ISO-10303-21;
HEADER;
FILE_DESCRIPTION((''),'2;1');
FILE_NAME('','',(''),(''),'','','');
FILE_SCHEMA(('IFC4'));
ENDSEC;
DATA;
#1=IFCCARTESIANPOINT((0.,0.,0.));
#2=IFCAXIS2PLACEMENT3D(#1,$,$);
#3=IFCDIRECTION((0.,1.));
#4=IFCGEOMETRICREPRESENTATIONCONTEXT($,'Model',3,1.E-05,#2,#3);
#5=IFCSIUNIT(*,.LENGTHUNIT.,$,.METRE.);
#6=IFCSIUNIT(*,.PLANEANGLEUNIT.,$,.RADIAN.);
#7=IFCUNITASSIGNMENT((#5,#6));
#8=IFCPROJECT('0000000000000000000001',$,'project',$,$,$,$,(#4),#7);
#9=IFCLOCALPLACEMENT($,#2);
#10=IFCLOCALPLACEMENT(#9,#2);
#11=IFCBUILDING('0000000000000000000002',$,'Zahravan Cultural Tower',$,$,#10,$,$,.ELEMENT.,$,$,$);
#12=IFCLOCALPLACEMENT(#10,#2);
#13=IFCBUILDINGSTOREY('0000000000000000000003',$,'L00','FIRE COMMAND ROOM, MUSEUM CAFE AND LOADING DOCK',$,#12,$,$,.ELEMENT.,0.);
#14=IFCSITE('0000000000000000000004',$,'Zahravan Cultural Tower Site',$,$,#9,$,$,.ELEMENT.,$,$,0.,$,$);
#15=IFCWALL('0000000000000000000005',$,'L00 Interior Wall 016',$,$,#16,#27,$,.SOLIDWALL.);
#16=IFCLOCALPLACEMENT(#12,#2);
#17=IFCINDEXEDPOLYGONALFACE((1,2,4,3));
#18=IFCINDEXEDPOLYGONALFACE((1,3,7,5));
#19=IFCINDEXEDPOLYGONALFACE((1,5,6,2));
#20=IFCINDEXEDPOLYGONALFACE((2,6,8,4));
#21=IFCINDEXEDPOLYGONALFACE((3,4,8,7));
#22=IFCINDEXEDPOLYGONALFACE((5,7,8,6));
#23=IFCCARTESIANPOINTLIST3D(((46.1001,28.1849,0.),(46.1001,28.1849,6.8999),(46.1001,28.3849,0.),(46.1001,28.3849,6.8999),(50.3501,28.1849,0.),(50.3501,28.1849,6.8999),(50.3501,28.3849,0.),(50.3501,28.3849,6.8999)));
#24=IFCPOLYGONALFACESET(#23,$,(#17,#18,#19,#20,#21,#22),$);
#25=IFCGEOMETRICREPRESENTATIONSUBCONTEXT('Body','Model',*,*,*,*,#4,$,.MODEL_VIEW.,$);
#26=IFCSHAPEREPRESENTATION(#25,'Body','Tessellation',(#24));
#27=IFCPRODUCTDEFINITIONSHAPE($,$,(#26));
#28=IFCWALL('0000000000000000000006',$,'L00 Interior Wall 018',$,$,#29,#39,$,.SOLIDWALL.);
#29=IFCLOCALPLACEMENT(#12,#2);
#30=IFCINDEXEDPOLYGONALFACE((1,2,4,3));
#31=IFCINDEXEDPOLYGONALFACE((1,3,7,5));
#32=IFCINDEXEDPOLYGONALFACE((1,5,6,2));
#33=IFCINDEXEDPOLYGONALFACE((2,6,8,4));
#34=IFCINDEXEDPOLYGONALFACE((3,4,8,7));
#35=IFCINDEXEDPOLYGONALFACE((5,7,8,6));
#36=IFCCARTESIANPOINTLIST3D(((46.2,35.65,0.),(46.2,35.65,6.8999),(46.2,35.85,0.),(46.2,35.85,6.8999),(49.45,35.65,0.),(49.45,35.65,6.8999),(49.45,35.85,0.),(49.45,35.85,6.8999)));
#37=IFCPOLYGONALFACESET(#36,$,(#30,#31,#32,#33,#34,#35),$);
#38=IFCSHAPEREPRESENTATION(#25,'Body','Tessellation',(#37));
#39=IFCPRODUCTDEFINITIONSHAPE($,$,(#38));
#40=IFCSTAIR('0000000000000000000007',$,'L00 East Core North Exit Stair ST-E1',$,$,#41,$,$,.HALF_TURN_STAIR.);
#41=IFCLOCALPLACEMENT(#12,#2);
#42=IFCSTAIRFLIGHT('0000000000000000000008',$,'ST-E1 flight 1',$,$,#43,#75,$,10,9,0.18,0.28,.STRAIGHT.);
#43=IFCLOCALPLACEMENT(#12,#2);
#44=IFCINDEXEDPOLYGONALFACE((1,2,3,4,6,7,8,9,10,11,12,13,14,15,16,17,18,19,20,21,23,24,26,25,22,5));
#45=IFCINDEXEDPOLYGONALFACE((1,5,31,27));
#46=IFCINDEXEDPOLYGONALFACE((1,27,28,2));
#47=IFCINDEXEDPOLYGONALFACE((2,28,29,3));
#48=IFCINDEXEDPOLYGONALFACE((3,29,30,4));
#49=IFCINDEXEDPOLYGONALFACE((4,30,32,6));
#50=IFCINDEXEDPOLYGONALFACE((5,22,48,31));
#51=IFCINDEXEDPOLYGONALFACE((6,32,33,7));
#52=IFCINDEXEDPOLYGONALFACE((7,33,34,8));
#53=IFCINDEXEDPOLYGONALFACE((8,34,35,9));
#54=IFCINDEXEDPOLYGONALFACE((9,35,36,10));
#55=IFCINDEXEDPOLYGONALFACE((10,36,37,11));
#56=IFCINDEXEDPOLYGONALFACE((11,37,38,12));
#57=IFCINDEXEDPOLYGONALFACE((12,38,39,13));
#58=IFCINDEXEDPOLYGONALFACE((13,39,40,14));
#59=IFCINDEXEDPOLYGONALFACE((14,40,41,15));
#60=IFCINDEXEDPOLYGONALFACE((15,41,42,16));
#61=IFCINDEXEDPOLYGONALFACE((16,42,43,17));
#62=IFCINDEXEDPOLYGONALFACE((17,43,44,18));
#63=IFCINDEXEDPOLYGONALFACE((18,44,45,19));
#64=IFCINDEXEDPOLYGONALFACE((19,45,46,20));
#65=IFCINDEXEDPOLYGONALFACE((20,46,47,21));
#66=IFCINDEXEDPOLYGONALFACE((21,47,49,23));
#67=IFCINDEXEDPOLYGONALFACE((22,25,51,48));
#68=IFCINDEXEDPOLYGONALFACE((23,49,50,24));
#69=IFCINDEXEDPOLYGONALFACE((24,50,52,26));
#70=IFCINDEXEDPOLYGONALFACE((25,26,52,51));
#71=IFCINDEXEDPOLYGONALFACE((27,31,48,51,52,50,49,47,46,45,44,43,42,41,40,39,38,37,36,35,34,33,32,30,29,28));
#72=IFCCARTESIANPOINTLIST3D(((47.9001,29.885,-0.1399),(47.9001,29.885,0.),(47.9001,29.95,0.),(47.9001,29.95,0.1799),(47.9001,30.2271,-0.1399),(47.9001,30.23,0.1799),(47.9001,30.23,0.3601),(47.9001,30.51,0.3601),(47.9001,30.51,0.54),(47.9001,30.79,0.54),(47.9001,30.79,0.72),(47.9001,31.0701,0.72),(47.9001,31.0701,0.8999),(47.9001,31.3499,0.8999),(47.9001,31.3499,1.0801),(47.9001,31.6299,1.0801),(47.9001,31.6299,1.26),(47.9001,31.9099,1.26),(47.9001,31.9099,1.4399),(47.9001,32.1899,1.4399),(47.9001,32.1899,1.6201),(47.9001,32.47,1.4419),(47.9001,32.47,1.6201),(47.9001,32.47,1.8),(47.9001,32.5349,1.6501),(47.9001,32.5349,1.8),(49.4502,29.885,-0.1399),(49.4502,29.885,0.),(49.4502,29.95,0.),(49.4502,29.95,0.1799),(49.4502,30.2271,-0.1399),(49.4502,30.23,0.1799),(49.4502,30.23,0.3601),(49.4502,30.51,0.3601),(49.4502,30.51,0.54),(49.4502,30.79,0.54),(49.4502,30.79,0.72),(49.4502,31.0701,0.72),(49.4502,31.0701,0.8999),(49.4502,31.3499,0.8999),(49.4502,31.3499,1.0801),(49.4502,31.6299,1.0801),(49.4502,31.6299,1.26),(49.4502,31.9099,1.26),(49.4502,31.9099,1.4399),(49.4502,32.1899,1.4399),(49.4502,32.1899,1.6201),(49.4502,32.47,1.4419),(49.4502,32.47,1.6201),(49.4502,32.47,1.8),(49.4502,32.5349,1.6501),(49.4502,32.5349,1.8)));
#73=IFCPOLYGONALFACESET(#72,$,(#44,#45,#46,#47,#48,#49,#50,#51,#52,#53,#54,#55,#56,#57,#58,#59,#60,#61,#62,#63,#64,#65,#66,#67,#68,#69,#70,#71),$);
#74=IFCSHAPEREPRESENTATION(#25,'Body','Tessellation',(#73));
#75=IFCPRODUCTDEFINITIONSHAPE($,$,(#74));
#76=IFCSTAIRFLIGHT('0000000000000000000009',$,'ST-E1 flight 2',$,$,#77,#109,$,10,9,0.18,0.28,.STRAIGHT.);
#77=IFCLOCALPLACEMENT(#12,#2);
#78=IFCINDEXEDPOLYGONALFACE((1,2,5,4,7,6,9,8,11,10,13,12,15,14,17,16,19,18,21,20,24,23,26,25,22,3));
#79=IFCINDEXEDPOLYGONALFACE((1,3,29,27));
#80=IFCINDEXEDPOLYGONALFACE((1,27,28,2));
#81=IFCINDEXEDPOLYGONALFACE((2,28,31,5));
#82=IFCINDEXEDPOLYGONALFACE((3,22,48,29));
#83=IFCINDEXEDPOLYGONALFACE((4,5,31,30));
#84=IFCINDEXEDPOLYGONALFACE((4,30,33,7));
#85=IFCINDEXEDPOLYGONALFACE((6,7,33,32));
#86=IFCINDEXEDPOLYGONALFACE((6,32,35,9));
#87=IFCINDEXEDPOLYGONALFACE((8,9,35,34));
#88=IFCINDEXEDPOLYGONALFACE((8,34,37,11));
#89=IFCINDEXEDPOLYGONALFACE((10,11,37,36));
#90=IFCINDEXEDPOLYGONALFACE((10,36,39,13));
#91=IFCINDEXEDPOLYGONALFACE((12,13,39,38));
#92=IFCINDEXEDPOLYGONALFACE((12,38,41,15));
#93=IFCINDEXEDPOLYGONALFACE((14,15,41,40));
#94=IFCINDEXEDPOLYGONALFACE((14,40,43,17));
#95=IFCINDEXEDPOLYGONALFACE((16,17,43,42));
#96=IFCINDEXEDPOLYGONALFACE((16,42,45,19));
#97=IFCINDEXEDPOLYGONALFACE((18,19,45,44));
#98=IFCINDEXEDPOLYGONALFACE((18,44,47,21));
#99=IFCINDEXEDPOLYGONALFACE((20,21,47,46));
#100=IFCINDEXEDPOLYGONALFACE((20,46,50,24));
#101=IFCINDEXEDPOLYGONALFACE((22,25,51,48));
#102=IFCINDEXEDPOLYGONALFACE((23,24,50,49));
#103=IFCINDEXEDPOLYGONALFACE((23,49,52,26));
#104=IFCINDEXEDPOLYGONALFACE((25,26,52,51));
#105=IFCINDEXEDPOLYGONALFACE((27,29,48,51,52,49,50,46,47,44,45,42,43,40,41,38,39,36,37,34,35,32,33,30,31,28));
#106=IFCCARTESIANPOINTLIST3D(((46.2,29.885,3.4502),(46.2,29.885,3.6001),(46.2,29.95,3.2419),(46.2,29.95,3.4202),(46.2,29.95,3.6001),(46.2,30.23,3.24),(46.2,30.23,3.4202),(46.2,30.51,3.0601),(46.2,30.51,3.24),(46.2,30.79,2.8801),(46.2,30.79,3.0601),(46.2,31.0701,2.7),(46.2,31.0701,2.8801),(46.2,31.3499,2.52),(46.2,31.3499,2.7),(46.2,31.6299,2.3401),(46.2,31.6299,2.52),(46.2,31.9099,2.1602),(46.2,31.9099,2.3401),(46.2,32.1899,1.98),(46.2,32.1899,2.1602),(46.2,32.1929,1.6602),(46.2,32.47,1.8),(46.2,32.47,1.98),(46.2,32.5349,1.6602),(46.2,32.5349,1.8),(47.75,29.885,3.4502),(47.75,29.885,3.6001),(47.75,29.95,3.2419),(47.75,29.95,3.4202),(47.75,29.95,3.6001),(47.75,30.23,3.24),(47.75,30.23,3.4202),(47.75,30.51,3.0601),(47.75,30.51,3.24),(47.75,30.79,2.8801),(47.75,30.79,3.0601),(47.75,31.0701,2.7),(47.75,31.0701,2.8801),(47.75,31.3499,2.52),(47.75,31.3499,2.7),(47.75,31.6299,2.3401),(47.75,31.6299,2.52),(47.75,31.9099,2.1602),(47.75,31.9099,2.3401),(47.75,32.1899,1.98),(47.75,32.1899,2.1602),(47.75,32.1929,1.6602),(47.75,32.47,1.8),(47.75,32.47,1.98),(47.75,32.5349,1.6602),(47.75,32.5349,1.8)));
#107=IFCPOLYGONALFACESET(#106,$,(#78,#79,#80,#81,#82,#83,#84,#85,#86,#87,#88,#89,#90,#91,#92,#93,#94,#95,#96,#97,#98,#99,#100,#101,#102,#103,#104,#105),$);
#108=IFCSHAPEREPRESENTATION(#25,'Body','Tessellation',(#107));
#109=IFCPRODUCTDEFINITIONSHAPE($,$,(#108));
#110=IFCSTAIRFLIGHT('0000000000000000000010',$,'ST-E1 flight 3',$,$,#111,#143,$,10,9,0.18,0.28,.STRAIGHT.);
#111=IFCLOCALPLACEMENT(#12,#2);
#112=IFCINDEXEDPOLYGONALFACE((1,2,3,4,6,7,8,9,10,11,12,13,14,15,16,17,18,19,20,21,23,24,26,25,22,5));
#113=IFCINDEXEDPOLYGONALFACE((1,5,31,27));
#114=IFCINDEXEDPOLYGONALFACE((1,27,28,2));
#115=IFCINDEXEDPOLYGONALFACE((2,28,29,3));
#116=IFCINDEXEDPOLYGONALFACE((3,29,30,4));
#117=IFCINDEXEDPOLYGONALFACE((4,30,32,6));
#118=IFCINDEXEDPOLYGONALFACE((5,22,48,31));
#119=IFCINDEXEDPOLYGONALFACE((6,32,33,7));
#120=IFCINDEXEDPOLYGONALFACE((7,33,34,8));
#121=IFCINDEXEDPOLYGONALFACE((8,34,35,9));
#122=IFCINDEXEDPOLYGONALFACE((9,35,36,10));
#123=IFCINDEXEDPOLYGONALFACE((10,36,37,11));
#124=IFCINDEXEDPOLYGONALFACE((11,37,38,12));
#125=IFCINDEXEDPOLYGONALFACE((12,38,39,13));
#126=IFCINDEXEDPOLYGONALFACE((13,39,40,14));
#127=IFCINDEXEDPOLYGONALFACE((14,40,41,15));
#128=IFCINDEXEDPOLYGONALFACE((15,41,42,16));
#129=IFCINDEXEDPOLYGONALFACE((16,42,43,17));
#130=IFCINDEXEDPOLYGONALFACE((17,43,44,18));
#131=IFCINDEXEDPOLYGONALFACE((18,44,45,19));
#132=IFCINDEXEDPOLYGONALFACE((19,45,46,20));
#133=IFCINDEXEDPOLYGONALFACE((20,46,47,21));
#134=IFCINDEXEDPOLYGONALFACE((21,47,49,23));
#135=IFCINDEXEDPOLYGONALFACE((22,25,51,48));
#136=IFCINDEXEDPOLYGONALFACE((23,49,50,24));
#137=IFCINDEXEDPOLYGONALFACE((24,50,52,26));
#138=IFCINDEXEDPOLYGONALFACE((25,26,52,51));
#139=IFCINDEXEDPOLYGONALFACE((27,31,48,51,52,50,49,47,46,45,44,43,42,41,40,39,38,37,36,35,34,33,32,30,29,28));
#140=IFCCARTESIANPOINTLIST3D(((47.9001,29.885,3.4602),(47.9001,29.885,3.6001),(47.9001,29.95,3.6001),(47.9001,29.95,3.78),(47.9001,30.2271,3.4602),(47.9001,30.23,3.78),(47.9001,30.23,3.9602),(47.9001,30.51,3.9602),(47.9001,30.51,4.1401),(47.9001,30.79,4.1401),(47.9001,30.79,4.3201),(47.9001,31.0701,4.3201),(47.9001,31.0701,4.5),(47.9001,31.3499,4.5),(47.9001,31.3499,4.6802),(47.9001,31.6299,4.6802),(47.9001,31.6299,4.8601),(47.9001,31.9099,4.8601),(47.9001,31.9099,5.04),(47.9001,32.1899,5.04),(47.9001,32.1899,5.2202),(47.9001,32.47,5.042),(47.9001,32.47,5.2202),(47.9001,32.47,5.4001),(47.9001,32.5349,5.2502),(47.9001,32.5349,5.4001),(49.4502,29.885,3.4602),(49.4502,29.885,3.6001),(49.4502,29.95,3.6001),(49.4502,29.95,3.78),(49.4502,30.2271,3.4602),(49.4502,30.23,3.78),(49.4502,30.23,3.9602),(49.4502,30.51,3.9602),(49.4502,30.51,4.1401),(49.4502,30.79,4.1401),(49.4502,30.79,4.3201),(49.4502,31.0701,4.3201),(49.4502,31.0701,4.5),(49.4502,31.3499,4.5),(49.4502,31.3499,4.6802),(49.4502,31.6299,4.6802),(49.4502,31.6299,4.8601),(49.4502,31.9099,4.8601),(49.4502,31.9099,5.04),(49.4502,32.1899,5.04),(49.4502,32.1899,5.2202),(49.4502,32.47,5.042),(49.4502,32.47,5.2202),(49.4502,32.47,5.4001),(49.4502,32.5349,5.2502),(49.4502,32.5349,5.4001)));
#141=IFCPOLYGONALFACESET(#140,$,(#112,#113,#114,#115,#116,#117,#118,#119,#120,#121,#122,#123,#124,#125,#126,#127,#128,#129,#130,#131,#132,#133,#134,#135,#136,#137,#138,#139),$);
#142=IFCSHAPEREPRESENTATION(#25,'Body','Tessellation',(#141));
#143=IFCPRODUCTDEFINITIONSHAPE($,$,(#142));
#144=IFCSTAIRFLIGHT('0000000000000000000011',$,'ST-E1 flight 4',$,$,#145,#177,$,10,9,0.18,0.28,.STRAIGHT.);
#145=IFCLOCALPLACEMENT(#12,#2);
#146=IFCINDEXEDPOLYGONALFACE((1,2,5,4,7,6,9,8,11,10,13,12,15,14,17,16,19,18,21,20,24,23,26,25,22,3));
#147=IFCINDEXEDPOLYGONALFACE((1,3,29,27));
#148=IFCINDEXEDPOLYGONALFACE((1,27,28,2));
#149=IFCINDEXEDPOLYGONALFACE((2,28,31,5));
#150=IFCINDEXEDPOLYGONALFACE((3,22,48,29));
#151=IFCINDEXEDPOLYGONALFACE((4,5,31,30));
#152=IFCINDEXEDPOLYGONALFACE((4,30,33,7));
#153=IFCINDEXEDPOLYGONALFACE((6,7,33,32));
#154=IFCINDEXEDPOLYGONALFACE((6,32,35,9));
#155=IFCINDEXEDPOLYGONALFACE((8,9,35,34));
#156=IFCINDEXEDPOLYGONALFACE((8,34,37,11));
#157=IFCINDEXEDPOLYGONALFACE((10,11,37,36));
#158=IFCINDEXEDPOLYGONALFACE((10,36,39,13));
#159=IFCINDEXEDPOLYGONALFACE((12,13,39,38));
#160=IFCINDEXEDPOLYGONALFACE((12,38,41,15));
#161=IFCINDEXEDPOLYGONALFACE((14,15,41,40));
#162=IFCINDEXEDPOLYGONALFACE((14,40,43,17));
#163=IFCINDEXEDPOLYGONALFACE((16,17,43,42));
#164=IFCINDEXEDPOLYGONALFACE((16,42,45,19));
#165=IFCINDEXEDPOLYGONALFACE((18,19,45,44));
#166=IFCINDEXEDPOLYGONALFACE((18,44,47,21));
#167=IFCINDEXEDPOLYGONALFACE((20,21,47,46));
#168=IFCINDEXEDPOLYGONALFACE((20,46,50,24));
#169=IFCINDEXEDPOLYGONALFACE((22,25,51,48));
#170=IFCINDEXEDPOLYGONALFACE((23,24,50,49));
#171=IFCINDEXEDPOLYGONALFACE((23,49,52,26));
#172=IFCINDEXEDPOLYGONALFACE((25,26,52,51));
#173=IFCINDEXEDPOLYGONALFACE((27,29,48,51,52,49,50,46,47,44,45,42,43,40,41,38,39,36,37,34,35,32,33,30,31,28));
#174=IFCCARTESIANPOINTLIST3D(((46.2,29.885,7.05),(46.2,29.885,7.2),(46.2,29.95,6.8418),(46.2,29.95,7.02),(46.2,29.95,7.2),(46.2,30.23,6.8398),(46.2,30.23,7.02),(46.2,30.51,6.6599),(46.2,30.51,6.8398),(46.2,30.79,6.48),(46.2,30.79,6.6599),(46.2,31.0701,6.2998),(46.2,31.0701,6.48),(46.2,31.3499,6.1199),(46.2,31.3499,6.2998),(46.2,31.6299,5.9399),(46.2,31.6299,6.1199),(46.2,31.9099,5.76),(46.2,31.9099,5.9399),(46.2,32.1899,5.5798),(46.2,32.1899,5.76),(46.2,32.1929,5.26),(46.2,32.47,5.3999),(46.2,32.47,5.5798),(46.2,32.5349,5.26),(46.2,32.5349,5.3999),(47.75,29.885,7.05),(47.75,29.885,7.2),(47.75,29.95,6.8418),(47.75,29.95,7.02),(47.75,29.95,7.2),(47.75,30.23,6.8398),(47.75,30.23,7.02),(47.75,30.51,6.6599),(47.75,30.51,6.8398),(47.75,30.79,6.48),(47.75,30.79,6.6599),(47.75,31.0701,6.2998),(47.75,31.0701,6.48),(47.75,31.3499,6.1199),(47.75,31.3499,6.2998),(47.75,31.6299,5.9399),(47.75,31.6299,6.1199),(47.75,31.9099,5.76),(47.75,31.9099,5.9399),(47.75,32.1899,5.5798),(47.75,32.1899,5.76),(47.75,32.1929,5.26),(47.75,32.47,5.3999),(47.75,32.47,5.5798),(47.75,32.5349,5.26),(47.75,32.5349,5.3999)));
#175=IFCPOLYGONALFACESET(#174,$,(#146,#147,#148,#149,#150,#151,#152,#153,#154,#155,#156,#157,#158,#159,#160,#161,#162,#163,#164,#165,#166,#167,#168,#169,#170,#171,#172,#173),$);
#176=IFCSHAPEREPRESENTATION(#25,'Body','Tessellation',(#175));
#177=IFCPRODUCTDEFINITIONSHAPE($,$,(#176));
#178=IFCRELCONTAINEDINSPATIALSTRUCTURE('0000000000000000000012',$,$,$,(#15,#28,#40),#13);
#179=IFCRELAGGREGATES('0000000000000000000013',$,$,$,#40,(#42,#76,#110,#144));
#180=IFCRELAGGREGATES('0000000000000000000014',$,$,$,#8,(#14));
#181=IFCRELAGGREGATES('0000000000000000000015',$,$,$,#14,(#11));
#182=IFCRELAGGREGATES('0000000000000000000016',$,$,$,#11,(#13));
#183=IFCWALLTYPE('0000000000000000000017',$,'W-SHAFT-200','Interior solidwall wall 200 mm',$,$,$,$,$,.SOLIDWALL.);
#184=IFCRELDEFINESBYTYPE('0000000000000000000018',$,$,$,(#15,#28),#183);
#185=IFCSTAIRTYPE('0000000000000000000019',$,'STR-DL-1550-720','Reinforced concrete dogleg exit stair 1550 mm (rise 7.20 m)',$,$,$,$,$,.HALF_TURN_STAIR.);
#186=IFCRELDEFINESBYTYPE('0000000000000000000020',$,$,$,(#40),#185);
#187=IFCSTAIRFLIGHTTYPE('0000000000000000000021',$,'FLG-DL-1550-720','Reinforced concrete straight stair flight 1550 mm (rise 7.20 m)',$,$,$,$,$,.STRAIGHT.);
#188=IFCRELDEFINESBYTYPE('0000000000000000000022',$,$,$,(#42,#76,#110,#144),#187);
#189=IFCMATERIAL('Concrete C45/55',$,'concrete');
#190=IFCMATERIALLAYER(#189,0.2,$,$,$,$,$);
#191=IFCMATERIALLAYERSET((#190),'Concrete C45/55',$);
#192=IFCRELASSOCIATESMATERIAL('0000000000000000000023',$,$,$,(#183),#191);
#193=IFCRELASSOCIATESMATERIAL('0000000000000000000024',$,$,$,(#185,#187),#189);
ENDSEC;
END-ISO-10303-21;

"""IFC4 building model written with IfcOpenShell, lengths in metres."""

from ifc_helpers import new_model, si_unit, direction, frame, frame_2d, origin, place, context, subcontext, project, spatial, polyline, rectangle, outline, extrude, source, transform, mapped, material, layer, layer_set, type_object, element, aggregate, save


model = new_model("IFC4")

# Units and contexts
model_context = context("Model", 3, precision=1e-05, world=origin(), true_north=direction((0.0, 1.0)))
body_context = subcontext(model_context, "Body", "Model", "MODEL_VIEW")
ifc_project = project(units=[si_unit("LENGTHUNIT", "METRE"), si_unit("PLANEANGLEUNIT", "RADIAN")], contexts=[model_context])

# Site, building, storey
site_placement = place(None, origin())
site = spatial("IfcSite", under=ifc_project, at=site_placement, Name="Zahravan Cultural Tower Site", CompositionType="ELEMENT", RefElevation=0.0)
building_placement = place(site_placement, origin())
building = spatial("IfcBuilding", under=site, at=building_placement, Name="Zahravan Cultural Tower", CompositionType="ELEMENT")
storey_placement = place(building_placement, origin())
storey = spatial("IfcBuildingStorey", under=building, at=storey_placement, Name="L00", Description="FIRE COMMAND ROOM, MUSEUM CAFE AND LOADING DOCK", CompositionType="ELEMENT", Elevation=0.0)

# Walls
ifc_material_1 = material(Name="Concrete C45/55", Category="concrete")
ifc_layer_1 = layer(ifc_material_1, 0.2)
ifc_layer_set_1 = layer_set([ifc_layer_1], Name="Concrete C45/55")
wall_type = type_object("IfcWallType", Name="W-SHAFT-200", Description="Interior solidwall wall 200 mm", PredefinedType="SOLIDWALL", material=ifc_layer_set_1)
shared_shape_1 = source(origin(), body_context, "Body", "SweptSolid", [
    extrude(rectangle(XDim=4.25, YDim=0.2, at=frame_2d((2.125, 0.0))), origin(), (0.0, 0.0, 1.0), 6.8999),
])
wall_1_placement = place(storey_placement, frame((46.1001, 28.2849, 0.0), z_axis=(0.0, 0.0, 1.0), x_axis=(1.0, 0.0, 0.0)))
element("IfcWall", 1, at=wall_1_placement, inside=storey, type_object=wall_type, Name="L00 Interior Wall 016", PredefinedType="SOLIDWALL", context=body_context, shape_type="MappedRepresentation", body=[
    mapped(shared_shape_1, transform((0.0, 0.0, 0.0), x_axis=(1.0, 0.0, 0.0), y_axis=(0.0, 1.0, 0.0), z_axis=(0.0, 0.0, 1.0), scale=1.0)),
])
shared_shape_2 = source(origin(), body_context, "Body", "SweptSolid", [
    extrude(rectangle(XDim=3.25, YDim=0.2, at=frame_2d((1.625, 0.0))), origin(), (0.0, 0.0, 1.0), 6.8999),
])
wall_2_placement = place(storey_placement, frame((46.2, 35.75, 0.0), z_axis=(0.0, 0.0, 1.0), x_axis=(1.0, 0.0, 0.0)))
element("IfcWall", 2, at=wall_2_placement, inside=storey, type_object=wall_type, Name="L00 Interior Wall 018", PredefinedType="SOLIDWALL", context=body_context, shape_type="MappedRepresentation", body=[
    mapped(shared_shape_2, transform((0.0, 0.0, 0.0), x_axis=(1.0, 0.0, 0.0), y_axis=(0.0, 1.0, 0.0), z_axis=(0.0, 0.0, 1.0), scale=1.0)),
])

# Stair, stair flights
stair_type = type_object("IfcStairType", Name="STR-DL-1550-720", Description="Reinforced concrete dogleg exit stair 1550 mm (rise 7.20 m)", PredefinedType="HALF_TURN_STAIR", material=ifc_material_1)
stair_placement = place(storey_placement, origin())
stair = element("IfcStair", 3, at=stair_placement, inside=storey, type_object=stair_type, Name="L00 East Core North Exit Stair ST-E1", PredefinedType="HALF_TURN_STAIR")
stair_flight_type = type_object("IfcStairFlightType", Name="FLG-DL-1550-720", Description="Reinforced concrete straight stair flight 1550 mm (rise 7.20 m)", PredefinedType="STRAIGHT", material=ifc_material_1)
stair_flight_1_placement = place(storey_placement, frame((48.675, 29.95, 0.0), z_axis=(0.0, 0.0, 1.0), x_axis=(0.0, 1.0, 0.0)))
stair_flight_1 = element("IfcStairFlight", 4, at=stair_flight_1_placement, type_object=stair_flight_type, Name="ST-E1 flight 1", NumberOfRisers=10, NumberOfTreads=9, PredefinedType="STRAIGHT", RiserHeight=0.18, TreadLength=0.28, context=body_context, shape_type="SweptSolid", body=[
    extrude(outline(polyline([(-0.0649, -0.1399), (-0.0649, 0.0), (0.0, 0.0), (0.0, 0.1799), (0.28, 0.1799), (0.28, 0.3601), (0.5601, 0.3601), (0.5601, 0.54), (0.8401, 0.54), (0.8401, 0.72), (1.1201, 0.72), (1.1201, 0.8999), (1.3999, 0.8999), (1.3999, 1.0801), (1.6799, 1.0801), (1.6799, 1.26), (1.96, 1.26), (1.96, 1.4399), (2.24, 1.4399), (2.24, 1.6201), (2.52, 1.6201), (2.52, 1.8), (2.585, 1.8), (2.585, 1.6501), (2.52, 1.4419), (0.2771, -0.1399), (-0.0649, -0.1399)])), frame((0.0, 0.7749, 0.0), z_axis=(0.0, -1.0, 0.0), x_axis=(1.0, 0.0, 0.0)), (0.0, 0.0, 1.0), 1.55),
])
stair_flight_2_placement = place(storey_placement, frame((46.9751, 32.47, 1.8), z_axis=(0.0, 0.0, 1.0), x_axis=(0.0, -1.0, 0.0)))
stair_flight_2 = element("IfcStairFlight", 5, at=stair_flight_2_placement, type_object=stair_flight_type, Name="ST-E1 flight 2", NumberOfRisers=10, NumberOfTreads=9, PredefinedType="STRAIGHT", RiserHeight=0.18, TreadLength=0.28, context=body_context, shape_type="SweptSolid", body=[
    extrude(outline(polyline([(-0.0649, -0.1399), (-0.0649, 0.0), (0.0, 0.0), (0.0, 0.1799), (0.28, 0.1799), (0.28, 0.3601), (0.5601, 0.3601), (0.5601, 0.54), (0.8401, 0.54), (0.8401, 0.72), (1.1201, 0.72), (1.1201, 0.8999), (1.3999, 0.8999), (1.3999, 1.0801), (1.6799, 1.0801), (1.6799, 1.26), (1.96, 1.26), (1.96, 1.4399), (2.24, 1.4399), (2.24, 1.6201), (2.52, 1.6201), (2.52, 1.8), (2.585, 1.8), (2.585, 1.6501), (2.52, 1.4419), (0.2771, -0.1399), (-0.0649, -0.1399)])), frame((0.0, 0.7749, 0.0), z_axis=(0.0, -1.0, 0.0), x_axis=(1.0, 0.0, 0.0)), (0.0, 0.0, 1.0), 1.55),
])
stair_flight_3_placement = place(storey_placement, frame((48.675, 29.95, 3.6001), z_axis=(0.0, 0.0, 1.0), x_axis=(0.0, 1.0, 0.0)))
stair_flight_3 = element("IfcStairFlight", 6, at=stair_flight_3_placement, type_object=stair_flight_type, Name="ST-E1 flight 3", NumberOfRisers=10, NumberOfTreads=9, PredefinedType="STRAIGHT", RiserHeight=0.18, TreadLength=0.28, context=body_context, shape_type="SweptSolid", body=[
    extrude(outline(polyline([(-0.0649, -0.1399), (-0.0649, 0.0), (0.0, 0.0), (0.0, 0.1799), (0.28, 0.1799), (0.28, 0.3601), (0.5601, 0.3601), (0.5601, 0.54), (0.8401, 0.54), (0.8401, 0.72), (1.1201, 0.72), (1.1201, 0.8999), (1.3999, 0.8999), (1.3999, 1.0801), (1.6799, 1.0801), (1.6799, 1.26), (1.96, 1.26), (1.96, 1.4399), (2.24, 1.4399), (2.24, 1.6201), (2.52, 1.6201), (2.52, 1.8), (2.585, 1.8), (2.585, 1.6501), (2.52, 1.4419), (0.2771, -0.1399), (-0.0649, -0.1399)])), frame((0.0, 0.7749, 0.0), z_axis=(0.0, -1.0, 0.0), x_axis=(1.0, 0.0, 0.0)), (0.0, 0.0, 1.0), 1.55),
])
stair_flight_4_placement = place(storey_placement, frame((46.9751, 32.47, 5.3999), z_axis=(0.0, 0.0, 1.0), x_axis=(0.0, -1.0, 0.0)))
stair_flight_4 = element("IfcStairFlight", 7, at=stair_flight_4_placement, type_object=stair_flight_type, Name="ST-E1 flight 4", NumberOfRisers=10, NumberOfTreads=9, PredefinedType="STRAIGHT", RiserHeight=0.18, TreadLength=0.28, context=body_context, shape_type="SweptSolid", body=[
    extrude(outline(polyline([(-0.0649, -0.1399), (-0.0649, 0.0), (0.0, 0.0), (0.0, 0.1799), (0.28, 0.1799), (0.28, 0.3601), (0.5601, 0.3601), (0.5601, 0.54), (0.8401, 0.54), (0.8401, 0.72), (1.1201, 0.72), (1.1201, 0.8999), (1.3999, 0.8999), (1.3999, 1.0801), (1.6799, 1.0801), (1.6799, 1.26), (1.96, 1.26), (1.96, 1.4399), (2.24, 1.4399), (2.24, 1.6201), (2.52, 1.6201), (2.52, 1.8), (2.585, 1.8), (2.585, 1.6501), (2.52, 1.4419), (0.2771, -0.1399), (-0.0649, -0.1399)])), frame((0.0, 0.7749, 0.0), z_axis=(0.0, -1.0, 0.0), x_axis=(1.0, 0.0, 0.0)), (0.0, 0.0, 1.0), 1.55),
])
aggregate(stair, [stair_flight_1, stair_flight_2, stair_flight_3, stair_flight_4])

save(model, "model.ifc")
